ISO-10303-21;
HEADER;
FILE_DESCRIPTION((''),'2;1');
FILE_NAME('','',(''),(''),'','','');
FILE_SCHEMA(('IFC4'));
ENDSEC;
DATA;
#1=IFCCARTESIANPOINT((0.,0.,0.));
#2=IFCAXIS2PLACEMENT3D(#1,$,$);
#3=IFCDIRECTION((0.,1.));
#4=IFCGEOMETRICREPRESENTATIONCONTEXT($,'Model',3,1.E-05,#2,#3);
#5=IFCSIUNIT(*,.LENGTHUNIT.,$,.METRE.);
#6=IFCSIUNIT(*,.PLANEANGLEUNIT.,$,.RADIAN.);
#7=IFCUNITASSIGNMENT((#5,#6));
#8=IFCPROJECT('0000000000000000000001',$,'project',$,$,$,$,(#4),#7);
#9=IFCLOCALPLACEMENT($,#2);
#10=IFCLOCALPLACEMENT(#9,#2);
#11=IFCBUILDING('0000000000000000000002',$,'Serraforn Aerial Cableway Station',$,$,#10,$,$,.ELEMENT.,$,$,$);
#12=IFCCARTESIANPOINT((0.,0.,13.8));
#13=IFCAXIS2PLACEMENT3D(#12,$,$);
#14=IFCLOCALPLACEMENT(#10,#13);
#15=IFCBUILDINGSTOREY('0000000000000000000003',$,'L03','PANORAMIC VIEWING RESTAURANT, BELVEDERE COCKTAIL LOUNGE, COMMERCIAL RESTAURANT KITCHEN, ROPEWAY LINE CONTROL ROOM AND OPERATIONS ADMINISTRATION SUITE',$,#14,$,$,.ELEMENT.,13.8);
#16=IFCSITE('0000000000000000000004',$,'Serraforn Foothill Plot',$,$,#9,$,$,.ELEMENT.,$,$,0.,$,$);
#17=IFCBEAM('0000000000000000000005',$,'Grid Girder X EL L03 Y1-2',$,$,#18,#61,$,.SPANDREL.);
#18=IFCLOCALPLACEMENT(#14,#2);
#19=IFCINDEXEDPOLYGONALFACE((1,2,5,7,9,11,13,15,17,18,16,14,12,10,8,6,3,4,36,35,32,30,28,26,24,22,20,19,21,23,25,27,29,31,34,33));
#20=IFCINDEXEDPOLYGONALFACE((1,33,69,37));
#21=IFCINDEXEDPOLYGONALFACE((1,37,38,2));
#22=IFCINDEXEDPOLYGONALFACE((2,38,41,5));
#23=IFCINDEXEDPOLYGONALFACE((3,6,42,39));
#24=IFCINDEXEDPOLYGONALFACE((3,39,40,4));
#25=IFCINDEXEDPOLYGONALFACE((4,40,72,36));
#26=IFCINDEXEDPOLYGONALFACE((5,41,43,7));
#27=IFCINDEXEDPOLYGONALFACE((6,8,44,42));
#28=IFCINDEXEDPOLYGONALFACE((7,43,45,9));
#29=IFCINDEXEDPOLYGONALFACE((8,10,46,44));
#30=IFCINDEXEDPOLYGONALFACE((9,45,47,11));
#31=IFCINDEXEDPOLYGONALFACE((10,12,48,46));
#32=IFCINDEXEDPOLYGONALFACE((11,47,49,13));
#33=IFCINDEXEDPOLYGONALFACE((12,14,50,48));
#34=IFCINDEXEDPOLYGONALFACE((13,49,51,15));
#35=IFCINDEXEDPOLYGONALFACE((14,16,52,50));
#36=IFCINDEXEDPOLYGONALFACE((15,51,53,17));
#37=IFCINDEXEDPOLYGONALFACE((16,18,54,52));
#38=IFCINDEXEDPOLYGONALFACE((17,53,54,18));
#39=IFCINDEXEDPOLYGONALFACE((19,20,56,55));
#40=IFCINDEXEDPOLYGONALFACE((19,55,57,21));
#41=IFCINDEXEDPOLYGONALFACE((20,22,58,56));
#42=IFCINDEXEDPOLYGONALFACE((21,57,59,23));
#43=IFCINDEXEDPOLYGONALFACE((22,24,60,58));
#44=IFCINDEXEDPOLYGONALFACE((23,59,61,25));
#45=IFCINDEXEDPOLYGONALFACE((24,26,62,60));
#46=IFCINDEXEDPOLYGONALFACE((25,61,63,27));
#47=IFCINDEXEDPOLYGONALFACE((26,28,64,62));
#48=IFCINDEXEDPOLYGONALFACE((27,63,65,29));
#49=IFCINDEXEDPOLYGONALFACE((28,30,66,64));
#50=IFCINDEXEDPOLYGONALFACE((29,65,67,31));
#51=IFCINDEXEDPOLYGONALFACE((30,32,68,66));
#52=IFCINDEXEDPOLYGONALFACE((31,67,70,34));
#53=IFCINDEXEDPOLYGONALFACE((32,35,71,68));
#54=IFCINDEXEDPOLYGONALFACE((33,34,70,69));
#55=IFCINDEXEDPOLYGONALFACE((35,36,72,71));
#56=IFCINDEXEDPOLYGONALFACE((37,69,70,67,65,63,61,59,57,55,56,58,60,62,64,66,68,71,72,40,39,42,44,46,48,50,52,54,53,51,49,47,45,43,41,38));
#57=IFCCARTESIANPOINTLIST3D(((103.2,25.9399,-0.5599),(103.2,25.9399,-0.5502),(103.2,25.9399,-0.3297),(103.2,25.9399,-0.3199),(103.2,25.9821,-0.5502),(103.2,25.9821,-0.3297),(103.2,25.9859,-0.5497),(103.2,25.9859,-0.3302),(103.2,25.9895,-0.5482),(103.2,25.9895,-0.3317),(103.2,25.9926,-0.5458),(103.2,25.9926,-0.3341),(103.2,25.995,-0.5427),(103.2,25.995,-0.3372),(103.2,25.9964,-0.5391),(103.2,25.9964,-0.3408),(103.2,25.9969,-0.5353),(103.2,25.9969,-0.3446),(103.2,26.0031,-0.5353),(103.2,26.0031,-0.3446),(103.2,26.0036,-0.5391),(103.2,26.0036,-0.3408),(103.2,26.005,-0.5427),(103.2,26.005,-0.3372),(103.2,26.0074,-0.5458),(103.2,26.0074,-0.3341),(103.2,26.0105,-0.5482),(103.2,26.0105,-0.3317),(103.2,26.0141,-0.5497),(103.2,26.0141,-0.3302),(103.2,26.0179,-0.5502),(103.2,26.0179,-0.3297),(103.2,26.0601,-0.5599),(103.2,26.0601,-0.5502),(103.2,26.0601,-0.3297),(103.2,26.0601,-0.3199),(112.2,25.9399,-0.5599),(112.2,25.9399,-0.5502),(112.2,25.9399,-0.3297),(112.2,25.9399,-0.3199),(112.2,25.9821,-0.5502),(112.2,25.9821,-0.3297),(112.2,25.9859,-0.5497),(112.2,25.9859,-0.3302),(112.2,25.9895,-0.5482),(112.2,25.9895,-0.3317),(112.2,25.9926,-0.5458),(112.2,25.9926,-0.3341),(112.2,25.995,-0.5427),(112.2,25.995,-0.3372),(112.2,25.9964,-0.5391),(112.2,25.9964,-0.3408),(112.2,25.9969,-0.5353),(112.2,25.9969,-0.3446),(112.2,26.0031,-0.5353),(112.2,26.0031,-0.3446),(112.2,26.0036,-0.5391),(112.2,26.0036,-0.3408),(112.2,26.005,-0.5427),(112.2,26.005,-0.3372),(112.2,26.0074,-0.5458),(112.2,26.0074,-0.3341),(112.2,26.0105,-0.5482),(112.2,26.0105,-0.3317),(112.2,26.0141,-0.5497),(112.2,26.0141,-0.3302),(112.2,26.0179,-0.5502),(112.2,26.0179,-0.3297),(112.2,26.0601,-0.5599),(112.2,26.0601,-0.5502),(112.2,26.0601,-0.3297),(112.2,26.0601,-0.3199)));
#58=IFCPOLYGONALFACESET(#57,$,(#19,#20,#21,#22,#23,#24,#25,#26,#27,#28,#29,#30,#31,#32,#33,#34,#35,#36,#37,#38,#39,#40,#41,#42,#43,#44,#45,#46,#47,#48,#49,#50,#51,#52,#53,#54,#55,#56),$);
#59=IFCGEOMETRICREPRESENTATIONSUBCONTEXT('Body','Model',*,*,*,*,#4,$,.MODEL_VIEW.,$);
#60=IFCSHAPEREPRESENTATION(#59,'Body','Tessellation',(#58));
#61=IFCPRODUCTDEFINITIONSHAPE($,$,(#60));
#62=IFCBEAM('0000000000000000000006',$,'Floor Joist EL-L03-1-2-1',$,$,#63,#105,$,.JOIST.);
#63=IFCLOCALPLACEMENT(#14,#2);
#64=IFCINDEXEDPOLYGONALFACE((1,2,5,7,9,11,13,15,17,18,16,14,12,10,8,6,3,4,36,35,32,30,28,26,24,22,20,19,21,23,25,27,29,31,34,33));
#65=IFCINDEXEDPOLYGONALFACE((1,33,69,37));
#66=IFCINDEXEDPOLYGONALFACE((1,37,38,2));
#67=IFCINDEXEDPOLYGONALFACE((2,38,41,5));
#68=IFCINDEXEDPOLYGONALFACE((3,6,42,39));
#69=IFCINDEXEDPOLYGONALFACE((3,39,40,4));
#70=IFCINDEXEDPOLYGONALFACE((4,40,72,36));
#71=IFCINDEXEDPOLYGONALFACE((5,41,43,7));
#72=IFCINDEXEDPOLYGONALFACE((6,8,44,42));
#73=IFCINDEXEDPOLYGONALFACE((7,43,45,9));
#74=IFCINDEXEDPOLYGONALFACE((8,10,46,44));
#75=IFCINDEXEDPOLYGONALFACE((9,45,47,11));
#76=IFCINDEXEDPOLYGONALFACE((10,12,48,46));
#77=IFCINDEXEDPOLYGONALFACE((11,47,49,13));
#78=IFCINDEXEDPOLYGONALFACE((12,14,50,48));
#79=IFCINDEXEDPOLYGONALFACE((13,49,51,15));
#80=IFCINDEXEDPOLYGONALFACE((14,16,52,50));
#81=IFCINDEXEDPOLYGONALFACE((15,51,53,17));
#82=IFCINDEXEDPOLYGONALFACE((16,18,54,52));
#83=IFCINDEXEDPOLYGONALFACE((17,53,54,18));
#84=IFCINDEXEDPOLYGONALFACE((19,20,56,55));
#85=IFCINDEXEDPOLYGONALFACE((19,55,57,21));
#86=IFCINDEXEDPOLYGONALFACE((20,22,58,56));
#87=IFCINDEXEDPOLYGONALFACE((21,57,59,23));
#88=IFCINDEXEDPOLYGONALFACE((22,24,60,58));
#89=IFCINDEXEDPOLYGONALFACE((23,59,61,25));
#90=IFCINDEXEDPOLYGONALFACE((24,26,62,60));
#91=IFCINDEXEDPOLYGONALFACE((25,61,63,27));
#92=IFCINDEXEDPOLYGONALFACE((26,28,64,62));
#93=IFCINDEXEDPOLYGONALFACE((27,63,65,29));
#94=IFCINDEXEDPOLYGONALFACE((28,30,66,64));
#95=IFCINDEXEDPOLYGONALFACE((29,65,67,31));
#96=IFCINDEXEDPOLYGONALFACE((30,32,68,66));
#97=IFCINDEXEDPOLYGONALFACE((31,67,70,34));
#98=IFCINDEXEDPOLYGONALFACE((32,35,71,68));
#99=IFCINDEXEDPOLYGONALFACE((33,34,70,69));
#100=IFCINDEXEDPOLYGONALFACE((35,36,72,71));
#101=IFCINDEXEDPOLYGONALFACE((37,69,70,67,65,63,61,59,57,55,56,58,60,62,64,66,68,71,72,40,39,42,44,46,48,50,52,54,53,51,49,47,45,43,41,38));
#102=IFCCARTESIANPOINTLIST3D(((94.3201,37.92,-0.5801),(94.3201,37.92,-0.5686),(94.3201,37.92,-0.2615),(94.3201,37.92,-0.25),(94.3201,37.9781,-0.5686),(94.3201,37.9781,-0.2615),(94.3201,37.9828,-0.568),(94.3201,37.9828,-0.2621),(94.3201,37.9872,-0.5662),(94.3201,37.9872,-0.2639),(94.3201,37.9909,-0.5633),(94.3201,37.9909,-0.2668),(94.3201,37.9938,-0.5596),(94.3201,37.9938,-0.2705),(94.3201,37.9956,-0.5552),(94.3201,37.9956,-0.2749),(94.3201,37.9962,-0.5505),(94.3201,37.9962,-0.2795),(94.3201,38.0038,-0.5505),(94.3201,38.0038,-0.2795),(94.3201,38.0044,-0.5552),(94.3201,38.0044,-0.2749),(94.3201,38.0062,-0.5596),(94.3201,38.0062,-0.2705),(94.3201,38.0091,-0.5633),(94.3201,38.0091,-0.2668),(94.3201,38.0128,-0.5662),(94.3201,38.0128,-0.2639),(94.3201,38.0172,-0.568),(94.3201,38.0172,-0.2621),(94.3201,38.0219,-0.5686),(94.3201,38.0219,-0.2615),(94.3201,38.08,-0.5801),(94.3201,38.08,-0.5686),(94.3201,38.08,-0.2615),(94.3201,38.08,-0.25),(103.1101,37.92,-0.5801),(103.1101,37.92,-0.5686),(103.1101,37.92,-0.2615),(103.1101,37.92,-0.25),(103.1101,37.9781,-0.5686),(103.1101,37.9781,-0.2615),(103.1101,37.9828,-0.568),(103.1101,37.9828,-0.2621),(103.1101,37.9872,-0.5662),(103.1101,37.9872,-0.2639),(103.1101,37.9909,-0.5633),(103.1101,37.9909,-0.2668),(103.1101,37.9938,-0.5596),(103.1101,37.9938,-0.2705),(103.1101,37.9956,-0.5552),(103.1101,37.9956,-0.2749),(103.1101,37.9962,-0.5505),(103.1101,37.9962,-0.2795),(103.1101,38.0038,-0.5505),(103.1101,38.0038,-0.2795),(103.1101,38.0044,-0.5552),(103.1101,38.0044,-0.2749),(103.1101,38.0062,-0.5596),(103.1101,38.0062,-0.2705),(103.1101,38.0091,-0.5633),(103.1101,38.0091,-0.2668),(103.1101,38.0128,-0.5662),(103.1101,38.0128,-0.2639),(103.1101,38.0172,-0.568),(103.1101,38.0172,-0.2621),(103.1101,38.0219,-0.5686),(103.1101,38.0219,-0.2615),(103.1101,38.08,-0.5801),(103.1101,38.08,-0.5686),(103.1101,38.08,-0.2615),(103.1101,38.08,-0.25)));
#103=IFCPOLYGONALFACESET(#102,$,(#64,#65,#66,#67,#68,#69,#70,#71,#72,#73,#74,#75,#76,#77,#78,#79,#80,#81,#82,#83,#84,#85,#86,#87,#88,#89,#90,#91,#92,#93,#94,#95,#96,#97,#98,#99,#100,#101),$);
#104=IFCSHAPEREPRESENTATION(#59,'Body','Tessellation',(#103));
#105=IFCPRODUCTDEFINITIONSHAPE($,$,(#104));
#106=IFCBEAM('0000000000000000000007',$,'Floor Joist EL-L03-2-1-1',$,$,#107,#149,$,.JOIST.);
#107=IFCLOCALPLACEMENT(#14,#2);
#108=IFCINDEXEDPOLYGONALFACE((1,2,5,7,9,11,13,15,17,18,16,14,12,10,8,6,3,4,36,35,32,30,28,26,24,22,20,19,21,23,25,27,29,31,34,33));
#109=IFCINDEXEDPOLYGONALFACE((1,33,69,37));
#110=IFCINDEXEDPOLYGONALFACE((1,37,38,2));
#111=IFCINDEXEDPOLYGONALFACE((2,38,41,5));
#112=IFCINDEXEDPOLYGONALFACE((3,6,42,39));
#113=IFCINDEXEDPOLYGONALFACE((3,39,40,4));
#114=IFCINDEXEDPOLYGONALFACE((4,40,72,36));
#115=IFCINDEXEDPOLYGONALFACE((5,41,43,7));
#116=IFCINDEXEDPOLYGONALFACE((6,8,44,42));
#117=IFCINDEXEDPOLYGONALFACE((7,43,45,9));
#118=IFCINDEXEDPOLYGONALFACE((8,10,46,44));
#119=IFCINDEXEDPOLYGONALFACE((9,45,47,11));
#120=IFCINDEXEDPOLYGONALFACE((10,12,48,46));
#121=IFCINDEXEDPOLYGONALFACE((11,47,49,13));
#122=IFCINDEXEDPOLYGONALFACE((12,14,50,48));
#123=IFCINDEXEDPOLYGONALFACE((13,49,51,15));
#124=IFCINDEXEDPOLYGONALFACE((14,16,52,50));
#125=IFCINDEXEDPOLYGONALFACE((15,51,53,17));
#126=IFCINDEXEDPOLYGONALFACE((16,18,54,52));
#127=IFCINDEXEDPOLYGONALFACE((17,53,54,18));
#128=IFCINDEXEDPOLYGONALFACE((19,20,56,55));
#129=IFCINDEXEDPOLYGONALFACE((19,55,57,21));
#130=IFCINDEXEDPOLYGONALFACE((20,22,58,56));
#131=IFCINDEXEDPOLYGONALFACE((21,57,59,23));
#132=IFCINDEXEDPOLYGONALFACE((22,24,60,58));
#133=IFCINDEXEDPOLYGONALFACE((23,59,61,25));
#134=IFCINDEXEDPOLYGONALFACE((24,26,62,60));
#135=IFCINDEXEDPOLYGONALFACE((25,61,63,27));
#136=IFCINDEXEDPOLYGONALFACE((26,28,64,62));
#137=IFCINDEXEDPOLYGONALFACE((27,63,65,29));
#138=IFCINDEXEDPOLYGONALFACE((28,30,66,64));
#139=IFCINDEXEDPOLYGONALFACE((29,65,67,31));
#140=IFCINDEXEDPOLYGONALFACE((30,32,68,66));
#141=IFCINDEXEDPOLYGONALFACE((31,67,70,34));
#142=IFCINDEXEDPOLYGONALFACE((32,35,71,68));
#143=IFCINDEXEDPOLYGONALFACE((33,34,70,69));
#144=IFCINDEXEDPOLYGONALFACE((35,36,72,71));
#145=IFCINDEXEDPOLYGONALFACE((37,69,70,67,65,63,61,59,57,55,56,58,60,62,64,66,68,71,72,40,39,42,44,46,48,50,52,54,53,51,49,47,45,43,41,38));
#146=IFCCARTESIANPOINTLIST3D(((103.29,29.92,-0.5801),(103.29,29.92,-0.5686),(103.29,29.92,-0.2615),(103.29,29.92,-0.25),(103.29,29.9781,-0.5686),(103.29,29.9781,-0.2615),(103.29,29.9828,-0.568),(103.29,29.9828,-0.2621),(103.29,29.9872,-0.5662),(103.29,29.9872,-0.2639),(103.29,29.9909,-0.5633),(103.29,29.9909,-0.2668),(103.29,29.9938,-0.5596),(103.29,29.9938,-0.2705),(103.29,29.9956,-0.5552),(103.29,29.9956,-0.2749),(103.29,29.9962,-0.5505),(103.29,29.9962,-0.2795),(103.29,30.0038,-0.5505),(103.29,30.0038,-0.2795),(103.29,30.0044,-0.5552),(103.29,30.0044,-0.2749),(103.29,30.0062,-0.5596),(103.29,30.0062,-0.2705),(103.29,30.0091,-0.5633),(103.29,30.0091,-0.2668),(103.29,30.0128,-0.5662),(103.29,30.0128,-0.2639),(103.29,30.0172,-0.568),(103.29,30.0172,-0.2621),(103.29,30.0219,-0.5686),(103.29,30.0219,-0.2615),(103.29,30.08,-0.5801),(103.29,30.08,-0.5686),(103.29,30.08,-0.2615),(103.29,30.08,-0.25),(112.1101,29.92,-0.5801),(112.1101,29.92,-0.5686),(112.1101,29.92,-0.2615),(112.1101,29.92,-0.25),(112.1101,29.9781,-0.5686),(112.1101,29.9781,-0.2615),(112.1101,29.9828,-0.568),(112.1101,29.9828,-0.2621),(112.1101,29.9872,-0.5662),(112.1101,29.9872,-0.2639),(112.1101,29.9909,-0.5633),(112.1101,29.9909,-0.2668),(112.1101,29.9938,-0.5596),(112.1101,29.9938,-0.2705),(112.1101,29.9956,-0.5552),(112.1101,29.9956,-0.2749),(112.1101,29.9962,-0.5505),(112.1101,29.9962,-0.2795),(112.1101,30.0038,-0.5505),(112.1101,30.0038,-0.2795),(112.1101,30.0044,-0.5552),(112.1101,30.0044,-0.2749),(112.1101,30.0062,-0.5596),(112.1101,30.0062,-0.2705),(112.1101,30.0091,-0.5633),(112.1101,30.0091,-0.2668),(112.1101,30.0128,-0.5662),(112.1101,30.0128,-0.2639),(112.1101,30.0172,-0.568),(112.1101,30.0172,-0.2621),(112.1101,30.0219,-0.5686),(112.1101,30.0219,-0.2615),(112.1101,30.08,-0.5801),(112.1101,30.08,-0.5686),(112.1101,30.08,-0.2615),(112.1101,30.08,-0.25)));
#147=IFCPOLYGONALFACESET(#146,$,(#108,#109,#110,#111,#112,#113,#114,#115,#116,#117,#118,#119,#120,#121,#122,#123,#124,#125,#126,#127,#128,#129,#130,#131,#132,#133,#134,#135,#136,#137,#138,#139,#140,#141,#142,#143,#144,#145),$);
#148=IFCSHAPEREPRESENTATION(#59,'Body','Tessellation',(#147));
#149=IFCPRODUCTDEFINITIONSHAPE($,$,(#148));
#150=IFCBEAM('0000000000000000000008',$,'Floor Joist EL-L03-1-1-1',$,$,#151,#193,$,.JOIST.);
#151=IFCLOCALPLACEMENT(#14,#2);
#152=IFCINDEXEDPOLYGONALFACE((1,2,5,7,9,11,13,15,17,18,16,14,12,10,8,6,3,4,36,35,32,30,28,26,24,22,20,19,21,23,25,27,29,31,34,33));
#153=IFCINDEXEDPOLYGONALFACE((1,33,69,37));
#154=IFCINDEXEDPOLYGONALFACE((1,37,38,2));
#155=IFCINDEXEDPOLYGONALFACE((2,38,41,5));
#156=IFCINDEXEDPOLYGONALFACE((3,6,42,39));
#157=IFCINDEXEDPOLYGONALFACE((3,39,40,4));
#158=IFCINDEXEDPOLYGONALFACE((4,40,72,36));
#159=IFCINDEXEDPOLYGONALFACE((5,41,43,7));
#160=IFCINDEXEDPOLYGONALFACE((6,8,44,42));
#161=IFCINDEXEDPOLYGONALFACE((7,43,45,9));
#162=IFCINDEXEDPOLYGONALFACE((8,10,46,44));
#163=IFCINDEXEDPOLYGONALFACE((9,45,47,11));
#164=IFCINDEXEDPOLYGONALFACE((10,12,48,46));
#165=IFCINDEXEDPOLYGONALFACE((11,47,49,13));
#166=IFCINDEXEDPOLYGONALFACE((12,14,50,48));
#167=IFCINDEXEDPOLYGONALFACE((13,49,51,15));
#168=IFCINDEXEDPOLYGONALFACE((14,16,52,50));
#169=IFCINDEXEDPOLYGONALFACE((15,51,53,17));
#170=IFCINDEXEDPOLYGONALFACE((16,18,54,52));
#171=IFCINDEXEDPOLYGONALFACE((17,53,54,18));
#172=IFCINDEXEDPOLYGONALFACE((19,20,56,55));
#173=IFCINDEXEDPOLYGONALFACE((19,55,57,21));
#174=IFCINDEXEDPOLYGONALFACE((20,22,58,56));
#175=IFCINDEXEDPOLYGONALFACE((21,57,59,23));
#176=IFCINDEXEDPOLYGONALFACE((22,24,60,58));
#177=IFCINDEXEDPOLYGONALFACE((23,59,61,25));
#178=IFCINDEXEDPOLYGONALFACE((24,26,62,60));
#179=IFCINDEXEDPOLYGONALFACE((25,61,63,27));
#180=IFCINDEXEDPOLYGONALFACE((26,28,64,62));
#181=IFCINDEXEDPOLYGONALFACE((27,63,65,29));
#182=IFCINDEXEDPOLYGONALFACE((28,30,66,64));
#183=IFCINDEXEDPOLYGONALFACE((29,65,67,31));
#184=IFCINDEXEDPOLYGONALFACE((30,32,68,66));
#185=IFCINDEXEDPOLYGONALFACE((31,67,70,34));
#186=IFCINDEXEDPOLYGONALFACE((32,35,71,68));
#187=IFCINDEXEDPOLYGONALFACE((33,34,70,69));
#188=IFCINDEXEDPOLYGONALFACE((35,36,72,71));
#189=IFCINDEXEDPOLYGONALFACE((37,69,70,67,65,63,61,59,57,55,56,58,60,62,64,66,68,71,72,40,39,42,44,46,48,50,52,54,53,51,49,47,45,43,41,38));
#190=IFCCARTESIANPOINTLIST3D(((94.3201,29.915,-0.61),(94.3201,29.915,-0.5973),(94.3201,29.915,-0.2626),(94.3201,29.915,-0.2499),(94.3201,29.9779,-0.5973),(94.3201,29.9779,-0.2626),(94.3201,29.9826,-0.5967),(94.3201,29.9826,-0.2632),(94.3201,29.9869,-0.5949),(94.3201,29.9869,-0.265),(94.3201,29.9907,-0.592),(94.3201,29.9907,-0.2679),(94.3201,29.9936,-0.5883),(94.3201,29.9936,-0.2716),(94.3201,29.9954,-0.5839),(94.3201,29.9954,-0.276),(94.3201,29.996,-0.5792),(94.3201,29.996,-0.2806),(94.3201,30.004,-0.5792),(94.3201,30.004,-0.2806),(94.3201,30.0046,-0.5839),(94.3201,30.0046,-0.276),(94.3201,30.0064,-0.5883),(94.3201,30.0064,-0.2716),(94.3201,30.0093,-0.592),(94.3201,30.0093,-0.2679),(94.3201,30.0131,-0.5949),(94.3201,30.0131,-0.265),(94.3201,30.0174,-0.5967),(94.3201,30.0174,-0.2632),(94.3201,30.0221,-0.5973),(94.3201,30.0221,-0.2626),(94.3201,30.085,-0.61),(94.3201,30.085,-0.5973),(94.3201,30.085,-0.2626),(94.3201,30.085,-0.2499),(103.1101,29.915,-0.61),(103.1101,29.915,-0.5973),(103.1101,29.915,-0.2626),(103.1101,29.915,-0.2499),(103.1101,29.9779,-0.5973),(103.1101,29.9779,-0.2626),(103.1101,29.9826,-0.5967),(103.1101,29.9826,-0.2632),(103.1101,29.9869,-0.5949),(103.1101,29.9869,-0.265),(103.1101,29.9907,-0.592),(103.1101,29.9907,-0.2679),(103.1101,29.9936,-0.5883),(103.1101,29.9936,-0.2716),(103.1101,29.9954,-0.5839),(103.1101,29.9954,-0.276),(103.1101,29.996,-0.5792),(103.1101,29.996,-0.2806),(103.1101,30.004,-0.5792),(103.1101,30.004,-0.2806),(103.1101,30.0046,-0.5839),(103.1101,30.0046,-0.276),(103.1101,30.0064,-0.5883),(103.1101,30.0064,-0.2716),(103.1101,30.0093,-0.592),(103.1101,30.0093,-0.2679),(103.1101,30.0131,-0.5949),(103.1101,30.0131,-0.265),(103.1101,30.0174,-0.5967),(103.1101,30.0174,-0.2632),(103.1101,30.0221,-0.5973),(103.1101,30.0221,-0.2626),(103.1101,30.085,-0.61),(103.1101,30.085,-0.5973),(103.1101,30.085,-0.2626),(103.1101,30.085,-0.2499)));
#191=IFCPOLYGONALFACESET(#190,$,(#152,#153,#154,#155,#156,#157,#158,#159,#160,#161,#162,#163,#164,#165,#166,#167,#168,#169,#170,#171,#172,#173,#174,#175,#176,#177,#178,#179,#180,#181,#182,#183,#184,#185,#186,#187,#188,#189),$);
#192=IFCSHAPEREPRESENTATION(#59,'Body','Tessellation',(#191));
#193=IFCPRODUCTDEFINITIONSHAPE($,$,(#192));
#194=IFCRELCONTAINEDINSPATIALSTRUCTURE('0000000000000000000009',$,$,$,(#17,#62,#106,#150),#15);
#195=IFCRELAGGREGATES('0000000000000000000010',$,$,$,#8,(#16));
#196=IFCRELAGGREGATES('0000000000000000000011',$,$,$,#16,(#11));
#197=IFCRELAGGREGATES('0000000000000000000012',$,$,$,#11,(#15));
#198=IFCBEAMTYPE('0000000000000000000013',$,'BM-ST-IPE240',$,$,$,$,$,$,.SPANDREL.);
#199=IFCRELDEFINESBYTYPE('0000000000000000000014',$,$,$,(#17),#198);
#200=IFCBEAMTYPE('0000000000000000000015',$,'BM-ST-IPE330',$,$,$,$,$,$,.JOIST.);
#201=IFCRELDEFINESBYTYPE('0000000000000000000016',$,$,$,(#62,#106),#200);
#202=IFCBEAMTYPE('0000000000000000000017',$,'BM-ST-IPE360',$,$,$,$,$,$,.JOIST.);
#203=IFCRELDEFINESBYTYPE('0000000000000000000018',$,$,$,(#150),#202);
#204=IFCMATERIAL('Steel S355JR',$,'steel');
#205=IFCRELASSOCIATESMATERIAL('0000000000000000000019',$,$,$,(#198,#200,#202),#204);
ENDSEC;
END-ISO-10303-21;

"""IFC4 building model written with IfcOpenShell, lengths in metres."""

from ifc_helpers import new_model, si_unit, direction, frame, origin, origin_2d, place, context, subcontext, project, spatial, i_section, extrude, material, material_profile, profile_set, type_object, element, save


model = new_model("IFC4")

# Units and contexts
model_context = context("Model", 3, precision=1e-05, world=origin(), true_north=direction((0.0, 1.0)))
body_context = subcontext(model_context, "Body", "Model", "MODEL_VIEW")
ifc_project = project(units=[si_unit("LENGTHUNIT", "METRE"), si_unit("PLANEANGLEUNIT", "RADIAN")], contexts=[model_context])

# Site, building, storey
site_placement = place(None, origin())
site = spatial("IfcSite", under=ifc_project, at=site_placement, Name="Serraforn Foothill Plot", CompositionType="ELEMENT", RefElevation=0.0)
building_placement = place(site_placement, origin())
building = spatial("IfcBuilding", under=site, at=building_placement, Name="Serraforn Aerial Cableway Station", CompositionType="ELEMENT")
storey_placement = place(building_placement, frame((0.0, 0.0, 13.8)))
storey = spatial("IfcBuildingStorey", under=building, at=storey_placement, Name="L03", Description="PANORAMIC VIEWING RESTAURANT, BELVEDERE COCKTAIL LOUNGE, COMMERCIAL RESTAURANT KITCHEN, ROPEWAY LINE CONTROL ROOM AND OPERATIONS ADMINISTRATION SUITE", CompositionType="ELEMENT", Elevation=13.8)

# Beams
ifc_material_1 = material(Name="Steel S355JR", Category="steel")
ifc_material_profile_1 = material_profile(ifc_material_1, i_section(OverallWidth=0.1201, OverallDepth=0.24, WebThickness=0.0061, FlangeThickness=0.0098, FilletRadius=0.0149, at=origin_2d()), Name="IPE 240")
ifc_profile_set_1 = profile_set([ifc_material_profile_1], Name="Steel S355JR")
beam_type_1 = type_object("IfcBeamType", Name="BM-ST-IPE240", PredefinedType="SPANDREL", material=ifc_profile_set_1)
beam_1_placement = place(storey_placement, frame((103.2, 26.0, -0.4399), z_axis=(1.0, 0.0, 0.0), x_axis=(0.0, 1.0, 0.0)))
element("IfcBeam", 1, at=beam_1_placement, inside=storey, type_object=beam_type_1, Name="Grid Girder X EL L03 Y1-2", PredefinedType="SPANDREL", context=body_context, shape_type="SweptSolid", body=[
    extrude(i_section(OverallWidth=0.1201, OverallDepth=0.24, WebThickness=0.0061, FlangeThickness=0.0098, FilletRadius=0.0149, at=origin_2d()), origin(), (0.0, 0.0, 1.0), 9.0),
])
ifc_material_profile_2 = material_profile(ifc_material_1, i_section(OverallWidth=0.1599, OverallDepth=0.3301, WebThickness=0.0076, FlangeThickness=0.0115, FilletRadius=0.0181, at=origin_2d()), Name="IPE 330")
ifc_profile_set_2 = profile_set([ifc_material_profile_2], Name="Steel S355JR")
beam_type_2 = type_object("IfcBeamType", Name="BM-ST-IPE330", PredefinedType="JOIST", material=ifc_profile_set_2)
beam_2_placement = place(storey_placement, frame((94.3201, 38.0, -0.415), z_axis=(1.0, 0.0, 0.0), x_axis=(0.0, 1.0, 0.0)))
element("IfcBeam", 2, at=beam_2_placement, inside=storey, type_object=beam_type_2, Name="Floor Joist EL-L03-1-2-1", PredefinedType="JOIST", context=body_context, shape_type="SweptSolid", body=[
    extrude(i_section(OverallWidth=0.1599, OverallDepth=0.3301, WebThickness=0.0076, FlangeThickness=0.0115, FilletRadius=0.0181, at=origin_2d()), origin(), (0.0, 0.0, 1.0), 8.79),
])
beam_3_placement = place(storey_placement, frame((103.29, 30.0, -0.415), z_axis=(1.0, 0.0, 0.0), x_axis=(0.0, 1.0, 0.0)))
element("IfcBeam", 3, at=beam_3_placement, inside=storey, type_object=beam_type_2, Name="Floor Joist EL-L03-2-1-1", PredefinedType="JOIST", context=body_context, shape_type="SweptSolid", body=[
    extrude(i_section(OverallWidth=0.1599, OverallDepth=0.3301, WebThickness=0.0076, FlangeThickness=0.0115, FilletRadius=0.0181, at=origin_2d()), origin(), (0.0, 0.0, 1.0), 8.8201),
])
ifc_material_profile_3 = material_profile(ifc_material_1, i_section(OverallWidth=0.1699, OverallDepth=0.3601, WebThickness=0.0081, FlangeThickness=0.0127, FilletRadius=0.0181, at=origin_2d()), Name="IPE 360")
ifc_profile_set_3 = profile_set([ifc_material_profile_3], Name="Steel S355JR")
beam_type_3 = type_object("IfcBeamType", Name="BM-ST-IPE360", PredefinedType="JOIST", material=ifc_profile_set_3)
beam_4_placement = place(storey_placement, frame((94.3201, 30.0, -0.4299), z_axis=(1.0, 0.0, 0.0), x_axis=(0.0, 1.0, 0.0)))
element("IfcBeam", 4, at=beam_4_placement, inside=storey, type_object=beam_type_3, Name="Floor Joist EL-L03-1-1-1", PredefinedType="JOIST", context=body_context, shape_type="SweptSolid", body=[
    extrude(i_section(OverallWidth=0.1699, OverallDepth=0.3601, WebThickness=0.0081, FlangeThickness=0.0127, FilletRadius=0.0181, at=origin_2d()), origin(), (0.0, 0.0, 1.0), 8.79),
])

save(model, "model.ifc")
